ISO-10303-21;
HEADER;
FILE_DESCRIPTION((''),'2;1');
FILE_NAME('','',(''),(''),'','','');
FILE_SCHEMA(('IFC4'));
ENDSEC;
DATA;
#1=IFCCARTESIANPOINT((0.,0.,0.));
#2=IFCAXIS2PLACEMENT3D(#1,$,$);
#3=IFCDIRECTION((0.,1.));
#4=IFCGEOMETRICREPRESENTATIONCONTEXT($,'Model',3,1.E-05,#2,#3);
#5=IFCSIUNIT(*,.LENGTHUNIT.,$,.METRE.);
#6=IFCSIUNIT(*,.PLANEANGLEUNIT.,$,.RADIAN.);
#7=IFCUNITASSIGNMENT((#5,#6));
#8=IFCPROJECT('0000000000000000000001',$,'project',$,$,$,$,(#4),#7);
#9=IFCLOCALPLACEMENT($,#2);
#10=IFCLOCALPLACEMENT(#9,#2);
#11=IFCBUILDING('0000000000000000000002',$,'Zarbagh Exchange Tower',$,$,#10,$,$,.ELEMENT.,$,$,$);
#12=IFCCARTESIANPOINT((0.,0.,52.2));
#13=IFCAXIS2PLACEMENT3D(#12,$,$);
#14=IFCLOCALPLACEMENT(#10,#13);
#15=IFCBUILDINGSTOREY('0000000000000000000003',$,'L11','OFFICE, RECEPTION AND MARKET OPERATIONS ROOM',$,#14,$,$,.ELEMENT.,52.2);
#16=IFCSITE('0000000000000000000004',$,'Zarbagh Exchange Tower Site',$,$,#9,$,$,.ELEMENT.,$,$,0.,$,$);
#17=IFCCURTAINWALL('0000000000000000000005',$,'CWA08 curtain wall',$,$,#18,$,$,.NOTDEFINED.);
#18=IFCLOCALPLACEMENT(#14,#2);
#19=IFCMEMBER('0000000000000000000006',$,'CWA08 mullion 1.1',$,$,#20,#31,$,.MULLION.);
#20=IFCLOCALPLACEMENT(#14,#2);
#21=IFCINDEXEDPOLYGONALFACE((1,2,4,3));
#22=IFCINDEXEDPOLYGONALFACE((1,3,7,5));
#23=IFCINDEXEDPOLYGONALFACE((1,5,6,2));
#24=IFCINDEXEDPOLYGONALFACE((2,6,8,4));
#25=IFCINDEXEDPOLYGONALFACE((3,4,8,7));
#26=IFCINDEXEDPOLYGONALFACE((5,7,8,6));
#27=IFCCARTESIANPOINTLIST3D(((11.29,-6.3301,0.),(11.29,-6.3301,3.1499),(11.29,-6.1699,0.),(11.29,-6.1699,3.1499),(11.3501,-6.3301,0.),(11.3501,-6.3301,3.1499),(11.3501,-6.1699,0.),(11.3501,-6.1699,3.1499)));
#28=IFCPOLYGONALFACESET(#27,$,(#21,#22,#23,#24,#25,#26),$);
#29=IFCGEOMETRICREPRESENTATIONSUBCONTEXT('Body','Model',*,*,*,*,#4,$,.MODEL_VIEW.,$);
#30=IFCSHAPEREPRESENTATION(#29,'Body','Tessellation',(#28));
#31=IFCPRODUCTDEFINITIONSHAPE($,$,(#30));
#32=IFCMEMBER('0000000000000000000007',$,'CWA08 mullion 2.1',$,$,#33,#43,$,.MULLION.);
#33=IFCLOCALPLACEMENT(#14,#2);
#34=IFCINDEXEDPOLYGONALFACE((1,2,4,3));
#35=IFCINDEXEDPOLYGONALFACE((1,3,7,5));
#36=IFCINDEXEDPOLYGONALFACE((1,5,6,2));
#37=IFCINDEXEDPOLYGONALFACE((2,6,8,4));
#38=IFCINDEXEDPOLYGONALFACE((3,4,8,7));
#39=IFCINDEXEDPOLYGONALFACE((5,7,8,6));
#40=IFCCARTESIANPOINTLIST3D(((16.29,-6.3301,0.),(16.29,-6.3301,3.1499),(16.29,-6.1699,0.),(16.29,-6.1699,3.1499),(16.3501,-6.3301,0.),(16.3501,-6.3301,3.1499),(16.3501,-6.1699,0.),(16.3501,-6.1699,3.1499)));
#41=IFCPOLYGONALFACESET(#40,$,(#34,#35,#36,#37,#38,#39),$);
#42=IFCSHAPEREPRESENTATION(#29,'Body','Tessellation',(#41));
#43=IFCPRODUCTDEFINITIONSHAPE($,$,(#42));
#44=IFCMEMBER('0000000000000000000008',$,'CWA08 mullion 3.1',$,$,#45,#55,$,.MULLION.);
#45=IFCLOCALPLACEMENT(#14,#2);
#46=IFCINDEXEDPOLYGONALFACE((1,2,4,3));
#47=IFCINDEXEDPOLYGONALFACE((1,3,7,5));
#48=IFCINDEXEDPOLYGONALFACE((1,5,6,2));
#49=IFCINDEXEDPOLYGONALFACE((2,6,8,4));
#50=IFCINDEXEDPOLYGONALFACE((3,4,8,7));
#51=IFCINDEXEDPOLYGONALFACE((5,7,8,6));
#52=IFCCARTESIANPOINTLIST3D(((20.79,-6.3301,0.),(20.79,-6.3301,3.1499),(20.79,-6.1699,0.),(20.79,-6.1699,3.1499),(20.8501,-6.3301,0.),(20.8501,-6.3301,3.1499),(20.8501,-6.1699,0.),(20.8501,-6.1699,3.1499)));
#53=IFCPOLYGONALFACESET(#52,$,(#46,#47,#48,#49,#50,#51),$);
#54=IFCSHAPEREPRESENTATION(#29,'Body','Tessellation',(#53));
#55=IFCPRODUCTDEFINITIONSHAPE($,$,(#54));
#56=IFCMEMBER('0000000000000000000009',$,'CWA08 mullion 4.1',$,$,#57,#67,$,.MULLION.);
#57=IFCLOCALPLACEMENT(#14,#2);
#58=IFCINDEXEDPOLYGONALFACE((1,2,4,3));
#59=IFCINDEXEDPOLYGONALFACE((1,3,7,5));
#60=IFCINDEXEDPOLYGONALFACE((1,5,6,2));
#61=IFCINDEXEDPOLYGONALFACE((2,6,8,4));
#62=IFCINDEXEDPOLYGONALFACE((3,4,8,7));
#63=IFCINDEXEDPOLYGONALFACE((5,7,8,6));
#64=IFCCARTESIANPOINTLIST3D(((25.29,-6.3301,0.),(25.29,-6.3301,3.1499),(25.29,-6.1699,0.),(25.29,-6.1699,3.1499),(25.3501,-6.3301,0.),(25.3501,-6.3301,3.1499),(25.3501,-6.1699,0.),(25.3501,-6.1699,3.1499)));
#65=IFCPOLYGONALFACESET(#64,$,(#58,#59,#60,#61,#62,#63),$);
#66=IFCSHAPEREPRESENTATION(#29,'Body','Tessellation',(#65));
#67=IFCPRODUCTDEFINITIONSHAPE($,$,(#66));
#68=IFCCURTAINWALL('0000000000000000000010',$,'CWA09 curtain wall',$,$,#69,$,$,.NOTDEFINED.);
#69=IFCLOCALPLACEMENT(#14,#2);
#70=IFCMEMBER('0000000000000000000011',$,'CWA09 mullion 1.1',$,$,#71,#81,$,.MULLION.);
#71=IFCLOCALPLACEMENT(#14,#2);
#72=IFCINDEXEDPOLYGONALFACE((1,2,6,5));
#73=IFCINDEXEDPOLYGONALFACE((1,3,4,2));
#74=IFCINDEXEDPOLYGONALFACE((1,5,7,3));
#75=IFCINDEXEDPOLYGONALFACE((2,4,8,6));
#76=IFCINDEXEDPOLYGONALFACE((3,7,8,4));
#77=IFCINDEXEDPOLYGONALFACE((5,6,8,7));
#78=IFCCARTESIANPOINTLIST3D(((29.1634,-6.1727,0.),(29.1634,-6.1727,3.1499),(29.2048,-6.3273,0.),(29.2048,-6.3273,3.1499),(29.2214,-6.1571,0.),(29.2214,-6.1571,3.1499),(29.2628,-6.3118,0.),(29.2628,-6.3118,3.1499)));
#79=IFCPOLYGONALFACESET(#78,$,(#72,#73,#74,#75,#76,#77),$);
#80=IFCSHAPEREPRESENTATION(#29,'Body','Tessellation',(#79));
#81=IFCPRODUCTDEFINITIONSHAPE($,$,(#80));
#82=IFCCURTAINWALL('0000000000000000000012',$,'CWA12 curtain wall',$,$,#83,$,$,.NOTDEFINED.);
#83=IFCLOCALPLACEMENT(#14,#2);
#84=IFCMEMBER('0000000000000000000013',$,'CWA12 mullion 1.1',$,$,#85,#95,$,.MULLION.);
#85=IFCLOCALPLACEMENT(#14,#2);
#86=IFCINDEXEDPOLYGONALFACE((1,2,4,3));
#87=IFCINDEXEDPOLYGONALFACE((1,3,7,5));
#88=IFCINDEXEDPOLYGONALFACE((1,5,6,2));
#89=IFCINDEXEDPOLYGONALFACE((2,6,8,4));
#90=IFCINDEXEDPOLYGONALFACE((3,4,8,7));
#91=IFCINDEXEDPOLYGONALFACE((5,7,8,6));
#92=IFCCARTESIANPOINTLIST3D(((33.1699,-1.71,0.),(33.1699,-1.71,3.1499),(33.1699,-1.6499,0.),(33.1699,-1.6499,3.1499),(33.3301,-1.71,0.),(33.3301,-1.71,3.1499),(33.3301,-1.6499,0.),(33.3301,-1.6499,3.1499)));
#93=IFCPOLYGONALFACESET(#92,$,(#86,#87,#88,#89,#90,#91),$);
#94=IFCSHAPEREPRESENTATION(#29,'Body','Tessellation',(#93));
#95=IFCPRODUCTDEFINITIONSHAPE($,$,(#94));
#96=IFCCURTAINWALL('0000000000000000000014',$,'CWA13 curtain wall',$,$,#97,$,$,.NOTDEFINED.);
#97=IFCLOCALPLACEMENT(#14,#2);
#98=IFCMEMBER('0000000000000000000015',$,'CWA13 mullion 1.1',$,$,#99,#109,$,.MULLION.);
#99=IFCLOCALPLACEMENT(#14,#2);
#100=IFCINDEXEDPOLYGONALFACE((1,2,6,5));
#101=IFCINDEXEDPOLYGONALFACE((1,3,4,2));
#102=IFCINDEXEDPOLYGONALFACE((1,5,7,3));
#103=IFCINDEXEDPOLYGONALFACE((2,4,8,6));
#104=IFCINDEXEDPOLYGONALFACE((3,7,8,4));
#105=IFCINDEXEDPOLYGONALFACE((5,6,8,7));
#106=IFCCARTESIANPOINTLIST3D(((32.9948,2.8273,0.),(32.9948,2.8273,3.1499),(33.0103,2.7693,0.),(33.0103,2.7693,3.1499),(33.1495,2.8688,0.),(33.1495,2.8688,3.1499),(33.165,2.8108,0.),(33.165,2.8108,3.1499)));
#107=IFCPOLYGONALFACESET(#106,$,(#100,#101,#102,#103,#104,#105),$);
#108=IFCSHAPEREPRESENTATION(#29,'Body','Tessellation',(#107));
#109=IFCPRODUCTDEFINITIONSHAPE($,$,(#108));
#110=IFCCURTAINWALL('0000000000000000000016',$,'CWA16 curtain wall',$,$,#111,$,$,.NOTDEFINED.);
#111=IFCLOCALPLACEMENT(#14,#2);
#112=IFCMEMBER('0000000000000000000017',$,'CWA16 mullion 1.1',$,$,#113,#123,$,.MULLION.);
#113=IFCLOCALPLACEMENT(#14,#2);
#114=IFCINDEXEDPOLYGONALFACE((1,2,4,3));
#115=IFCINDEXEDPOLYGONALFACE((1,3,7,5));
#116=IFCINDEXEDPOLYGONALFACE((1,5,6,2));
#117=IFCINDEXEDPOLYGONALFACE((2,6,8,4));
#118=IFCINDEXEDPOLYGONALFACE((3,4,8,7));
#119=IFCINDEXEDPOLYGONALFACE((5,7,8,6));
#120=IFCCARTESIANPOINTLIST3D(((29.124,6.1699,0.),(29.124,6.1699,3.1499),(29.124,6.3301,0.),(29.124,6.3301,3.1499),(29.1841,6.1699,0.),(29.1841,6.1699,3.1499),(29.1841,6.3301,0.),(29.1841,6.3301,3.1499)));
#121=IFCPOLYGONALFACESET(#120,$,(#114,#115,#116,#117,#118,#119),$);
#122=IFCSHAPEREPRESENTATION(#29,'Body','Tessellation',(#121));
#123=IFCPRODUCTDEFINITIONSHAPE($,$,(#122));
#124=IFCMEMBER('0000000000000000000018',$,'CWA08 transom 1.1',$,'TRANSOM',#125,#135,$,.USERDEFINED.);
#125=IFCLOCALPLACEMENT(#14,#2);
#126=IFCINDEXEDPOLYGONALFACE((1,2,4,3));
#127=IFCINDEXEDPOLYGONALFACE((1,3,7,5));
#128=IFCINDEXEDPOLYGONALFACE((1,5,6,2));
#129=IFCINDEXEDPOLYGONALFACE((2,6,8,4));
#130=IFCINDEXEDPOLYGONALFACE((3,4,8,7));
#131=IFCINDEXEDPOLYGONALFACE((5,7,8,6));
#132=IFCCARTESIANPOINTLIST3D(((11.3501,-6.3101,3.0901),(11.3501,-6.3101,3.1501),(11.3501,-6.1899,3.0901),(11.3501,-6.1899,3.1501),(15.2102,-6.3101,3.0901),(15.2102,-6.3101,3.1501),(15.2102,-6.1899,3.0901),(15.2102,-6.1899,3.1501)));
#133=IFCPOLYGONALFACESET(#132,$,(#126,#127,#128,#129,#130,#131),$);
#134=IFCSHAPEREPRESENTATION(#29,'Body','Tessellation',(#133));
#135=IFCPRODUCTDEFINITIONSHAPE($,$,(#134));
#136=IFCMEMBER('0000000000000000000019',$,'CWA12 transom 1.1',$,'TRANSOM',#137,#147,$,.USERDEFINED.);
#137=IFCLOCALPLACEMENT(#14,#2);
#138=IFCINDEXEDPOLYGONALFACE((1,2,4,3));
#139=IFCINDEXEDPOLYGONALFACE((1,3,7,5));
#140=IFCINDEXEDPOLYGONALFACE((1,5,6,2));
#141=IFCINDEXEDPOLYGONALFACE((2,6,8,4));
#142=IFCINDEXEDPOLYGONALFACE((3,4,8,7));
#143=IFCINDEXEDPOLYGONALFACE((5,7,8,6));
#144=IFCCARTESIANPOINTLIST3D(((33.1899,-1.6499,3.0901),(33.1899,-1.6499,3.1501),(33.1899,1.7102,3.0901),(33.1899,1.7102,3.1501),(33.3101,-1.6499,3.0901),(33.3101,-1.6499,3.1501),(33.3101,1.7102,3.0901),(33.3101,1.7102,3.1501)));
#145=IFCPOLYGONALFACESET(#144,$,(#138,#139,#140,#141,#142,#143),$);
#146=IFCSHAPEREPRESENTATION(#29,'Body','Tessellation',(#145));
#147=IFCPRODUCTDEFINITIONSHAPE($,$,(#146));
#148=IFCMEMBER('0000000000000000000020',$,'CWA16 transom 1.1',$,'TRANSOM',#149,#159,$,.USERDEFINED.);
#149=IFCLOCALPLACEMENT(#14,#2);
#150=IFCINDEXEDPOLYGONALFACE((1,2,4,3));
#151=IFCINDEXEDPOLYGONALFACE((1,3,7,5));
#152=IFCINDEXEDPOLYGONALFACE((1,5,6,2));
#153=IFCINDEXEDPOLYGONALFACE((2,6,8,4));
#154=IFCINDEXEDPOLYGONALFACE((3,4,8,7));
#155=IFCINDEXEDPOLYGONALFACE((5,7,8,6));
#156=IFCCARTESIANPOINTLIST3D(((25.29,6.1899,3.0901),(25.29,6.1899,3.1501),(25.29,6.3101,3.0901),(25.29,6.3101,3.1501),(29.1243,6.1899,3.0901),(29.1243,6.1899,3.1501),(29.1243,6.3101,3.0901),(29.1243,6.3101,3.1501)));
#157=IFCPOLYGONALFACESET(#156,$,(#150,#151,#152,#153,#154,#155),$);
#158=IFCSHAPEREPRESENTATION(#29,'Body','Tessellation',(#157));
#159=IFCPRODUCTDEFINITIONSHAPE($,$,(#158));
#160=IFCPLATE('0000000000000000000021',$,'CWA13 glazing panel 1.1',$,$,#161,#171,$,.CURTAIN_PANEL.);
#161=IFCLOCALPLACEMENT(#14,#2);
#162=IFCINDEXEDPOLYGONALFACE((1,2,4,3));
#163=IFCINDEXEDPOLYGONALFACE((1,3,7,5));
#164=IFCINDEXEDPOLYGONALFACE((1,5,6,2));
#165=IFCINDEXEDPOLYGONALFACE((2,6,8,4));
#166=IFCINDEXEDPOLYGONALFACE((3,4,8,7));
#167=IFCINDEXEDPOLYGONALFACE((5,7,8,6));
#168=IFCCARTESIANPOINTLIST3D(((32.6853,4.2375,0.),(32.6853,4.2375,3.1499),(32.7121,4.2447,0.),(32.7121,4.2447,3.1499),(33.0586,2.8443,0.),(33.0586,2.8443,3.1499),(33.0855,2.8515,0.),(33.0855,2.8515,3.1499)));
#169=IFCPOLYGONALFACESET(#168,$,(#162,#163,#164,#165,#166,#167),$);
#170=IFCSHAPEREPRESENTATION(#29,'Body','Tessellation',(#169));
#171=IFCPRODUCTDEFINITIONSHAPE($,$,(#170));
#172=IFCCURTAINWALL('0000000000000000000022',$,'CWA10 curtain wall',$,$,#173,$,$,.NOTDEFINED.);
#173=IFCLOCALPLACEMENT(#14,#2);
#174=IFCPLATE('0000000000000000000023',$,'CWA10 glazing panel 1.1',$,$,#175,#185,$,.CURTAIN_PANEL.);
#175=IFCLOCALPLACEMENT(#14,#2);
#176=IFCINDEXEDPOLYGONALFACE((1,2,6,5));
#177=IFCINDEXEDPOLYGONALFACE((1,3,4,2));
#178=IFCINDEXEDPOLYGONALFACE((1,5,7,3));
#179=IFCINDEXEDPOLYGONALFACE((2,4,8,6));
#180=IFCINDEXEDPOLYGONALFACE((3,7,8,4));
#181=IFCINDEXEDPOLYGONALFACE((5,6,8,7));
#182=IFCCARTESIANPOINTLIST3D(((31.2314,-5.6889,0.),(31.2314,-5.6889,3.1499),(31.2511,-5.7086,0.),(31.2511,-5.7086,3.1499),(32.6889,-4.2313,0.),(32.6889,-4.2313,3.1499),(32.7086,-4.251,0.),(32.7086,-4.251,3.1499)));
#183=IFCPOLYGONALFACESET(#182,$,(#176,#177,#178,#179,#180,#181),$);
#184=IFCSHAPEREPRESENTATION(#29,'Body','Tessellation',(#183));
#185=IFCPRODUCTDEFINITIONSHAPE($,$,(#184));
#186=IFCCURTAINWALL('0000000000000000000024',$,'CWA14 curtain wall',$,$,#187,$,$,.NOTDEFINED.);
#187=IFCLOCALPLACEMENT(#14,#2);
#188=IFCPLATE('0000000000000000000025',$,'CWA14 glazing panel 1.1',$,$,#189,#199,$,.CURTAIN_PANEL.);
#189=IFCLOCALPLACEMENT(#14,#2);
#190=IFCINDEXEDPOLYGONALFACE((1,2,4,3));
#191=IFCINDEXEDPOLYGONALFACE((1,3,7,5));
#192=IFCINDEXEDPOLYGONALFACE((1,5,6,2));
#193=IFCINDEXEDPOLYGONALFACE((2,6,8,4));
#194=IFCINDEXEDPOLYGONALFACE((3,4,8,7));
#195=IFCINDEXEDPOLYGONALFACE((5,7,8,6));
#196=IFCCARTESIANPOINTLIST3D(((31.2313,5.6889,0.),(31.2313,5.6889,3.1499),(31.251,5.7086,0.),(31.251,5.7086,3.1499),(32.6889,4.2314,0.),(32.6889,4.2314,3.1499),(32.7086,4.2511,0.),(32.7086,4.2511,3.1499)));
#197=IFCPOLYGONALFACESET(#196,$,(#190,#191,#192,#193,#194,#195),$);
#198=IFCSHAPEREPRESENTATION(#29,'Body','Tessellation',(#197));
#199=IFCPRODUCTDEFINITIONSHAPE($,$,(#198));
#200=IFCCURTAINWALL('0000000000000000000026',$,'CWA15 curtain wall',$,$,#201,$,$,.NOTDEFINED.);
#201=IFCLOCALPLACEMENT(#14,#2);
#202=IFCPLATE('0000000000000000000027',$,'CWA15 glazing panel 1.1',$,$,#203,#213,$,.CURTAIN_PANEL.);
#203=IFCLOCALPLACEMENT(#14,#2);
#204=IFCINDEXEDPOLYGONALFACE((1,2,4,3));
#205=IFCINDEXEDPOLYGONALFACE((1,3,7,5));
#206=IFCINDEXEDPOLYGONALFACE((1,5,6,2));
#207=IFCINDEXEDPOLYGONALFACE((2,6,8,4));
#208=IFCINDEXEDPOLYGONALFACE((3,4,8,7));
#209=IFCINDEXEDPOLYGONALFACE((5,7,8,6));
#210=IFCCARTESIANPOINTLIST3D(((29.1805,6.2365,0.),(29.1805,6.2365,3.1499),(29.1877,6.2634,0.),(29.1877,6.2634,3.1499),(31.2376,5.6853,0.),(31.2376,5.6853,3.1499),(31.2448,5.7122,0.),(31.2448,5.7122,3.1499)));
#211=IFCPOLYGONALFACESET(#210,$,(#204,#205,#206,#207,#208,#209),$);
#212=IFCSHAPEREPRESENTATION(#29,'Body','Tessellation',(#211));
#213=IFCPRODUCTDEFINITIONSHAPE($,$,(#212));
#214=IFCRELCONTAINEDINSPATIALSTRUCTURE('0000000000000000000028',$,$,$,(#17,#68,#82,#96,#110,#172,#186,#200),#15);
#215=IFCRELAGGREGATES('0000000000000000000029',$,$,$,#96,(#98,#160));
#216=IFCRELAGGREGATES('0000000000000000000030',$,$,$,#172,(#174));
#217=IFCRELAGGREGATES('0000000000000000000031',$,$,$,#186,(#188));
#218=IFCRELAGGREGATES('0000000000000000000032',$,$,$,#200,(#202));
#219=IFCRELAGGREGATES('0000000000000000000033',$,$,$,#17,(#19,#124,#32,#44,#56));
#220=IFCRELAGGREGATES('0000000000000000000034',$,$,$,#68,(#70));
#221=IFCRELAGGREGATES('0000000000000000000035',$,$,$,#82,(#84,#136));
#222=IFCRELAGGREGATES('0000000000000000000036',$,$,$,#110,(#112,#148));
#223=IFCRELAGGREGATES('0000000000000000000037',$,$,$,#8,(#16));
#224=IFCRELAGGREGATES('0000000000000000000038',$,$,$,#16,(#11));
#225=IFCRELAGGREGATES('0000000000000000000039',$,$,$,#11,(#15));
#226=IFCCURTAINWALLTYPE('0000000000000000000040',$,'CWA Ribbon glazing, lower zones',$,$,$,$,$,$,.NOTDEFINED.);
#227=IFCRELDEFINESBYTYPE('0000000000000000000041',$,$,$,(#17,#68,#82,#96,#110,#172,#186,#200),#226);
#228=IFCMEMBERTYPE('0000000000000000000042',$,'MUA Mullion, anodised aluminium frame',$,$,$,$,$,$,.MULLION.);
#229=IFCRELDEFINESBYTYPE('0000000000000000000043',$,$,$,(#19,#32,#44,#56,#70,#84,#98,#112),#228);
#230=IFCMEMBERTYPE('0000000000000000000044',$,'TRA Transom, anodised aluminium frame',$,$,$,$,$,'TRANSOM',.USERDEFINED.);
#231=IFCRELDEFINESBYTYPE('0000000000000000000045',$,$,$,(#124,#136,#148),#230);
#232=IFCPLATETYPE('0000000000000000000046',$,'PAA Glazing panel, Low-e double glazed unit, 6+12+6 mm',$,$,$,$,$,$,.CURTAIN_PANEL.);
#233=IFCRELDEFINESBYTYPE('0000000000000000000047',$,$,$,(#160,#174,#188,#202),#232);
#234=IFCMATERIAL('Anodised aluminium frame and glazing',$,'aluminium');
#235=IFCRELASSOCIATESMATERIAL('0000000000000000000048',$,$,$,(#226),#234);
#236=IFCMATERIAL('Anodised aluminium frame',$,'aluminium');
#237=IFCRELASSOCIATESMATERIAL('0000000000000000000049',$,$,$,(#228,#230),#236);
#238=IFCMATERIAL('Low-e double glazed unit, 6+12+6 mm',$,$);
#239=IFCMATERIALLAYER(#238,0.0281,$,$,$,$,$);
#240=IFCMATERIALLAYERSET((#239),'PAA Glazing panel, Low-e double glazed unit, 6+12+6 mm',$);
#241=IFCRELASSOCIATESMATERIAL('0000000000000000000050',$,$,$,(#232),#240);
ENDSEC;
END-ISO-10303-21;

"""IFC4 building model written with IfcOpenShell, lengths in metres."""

from ifc_helpers import new_model, si_unit, direction, frame, origin, place, context, subcontext, project, spatial, polyline, outline, extrude, source, transform, mapped, material, layer, layer_set, type_object, element, aggregate, save


model = new_model("IFC4")

# Units and contexts
model_context = context("Model", 3, precision=1e-05, world=origin(), true_north=direction((0.0, 1.0)))
body_context = subcontext(model_context, "Body", "Model", "MODEL_VIEW")
ifc_project = project(units=[si_unit("LENGTHUNIT", "METRE"), si_unit("PLANEANGLEUNIT", "RADIAN")], contexts=[model_context])

# Site, building, storey
site_placement = place(None, origin())
site = spatial("IfcSite", under=ifc_project, at=site_placement, Name="Zarbagh Exchange Tower Site", CompositionType="ELEMENT", RefElevation=0.0)
building_placement = place(site_placement, origin())
building = spatial("IfcBuilding", under=site, at=building_placement, Name="Zarbagh Exchange Tower", CompositionType="ELEMENT")
storey_placement = place(building_placement, frame((0.0, 0.0, 52.2)))
storey = spatial("IfcBuildingStorey", under=building, at=storey_placement, Name="L11", Description="OFFICE, RECEPTION AND MARKET OPERATIONS ROOM", CompositionType="ELEMENT", Elevation=52.2)

# Curtain wall, members
ifc_material_1 = material(Name="Anodised aluminium frame and glazing", Category="aluminium")
curtain_wall_type = type_object("IfcCurtainWallType", Name="CWA Ribbon glazing, lower zones", PredefinedType="NOTDEFINED", material=ifc_material_1)
curtain_wall_1_placement = place(storey_placement, origin())
curtain_wall_1 = element("IfcCurtainWall", 1, at=curtain_wall_1_placement, inside=storey, type_object=curtain_wall_type, Name="CWA08 curtain wall", PredefinedType="NOTDEFINED")
ifc_material_2 = material(Name="Anodised aluminium frame", Category="aluminium")
member_type_1 = type_object("IfcMemberType", Name="MUA Mullion, anodised aluminium frame", PredefinedType="MULLION", material=ifc_material_2)
shared_shape_1 = source(origin(), body_context, "Body", "SweptSolid", [
    extrude(outline(polyline([(0.0, -0.0801), (0.0601, -0.0801), (0.0601, 0.0801), (0.0, 0.0801), (0.0, -0.0801)])), origin(), (0.0, 0.0, 1.0), 3.1499),
])
placement = place(storey_placement, origin())
member_1 = element("IfcMember", 2, at=placement, type_object=member_type_1, Name="CWA08 mullion 1.1", PredefinedType="MULLION", context=body_context, shape_type="MappedRepresentation", body=[
    mapped(shared_shape_1, transform((11.29, -6.25, 0.0), x_axis=(1.0, 0.0, 0.0), y_axis=(0.0, 1.0, 0.0), z_axis=(0.0, 0.0, 1.0))),
])
member_2 = element("IfcMember", 3, at=placement, type_object=member_type_1, Name="CWA08 mullion 2.1", PredefinedType="MULLION", context=body_context, shape_type="MappedRepresentation", body=[
    mapped(shared_shape_1, transform((16.29, -6.25, 0.0), x_axis=(1.0, 0.0, 0.0), y_axis=(0.0, 1.0, 0.0), z_axis=(0.0, 0.0, 1.0))),
])
member_3 = element("IfcMember", 4, at=placement, type_object=member_type_1, Name="CWA08 mullion 3.1", PredefinedType="MULLION", context=body_context, shape_type="MappedRepresentation", body=[
    mapped(shared_shape_1, transform((20.79, -6.25, 0.0), x_axis=(1.0, 0.0, 0.0), y_axis=(0.0, 1.0, 0.0), z_axis=(0.0, 0.0, 1.0))),
])
member_4 = element("IfcMember", 5, at=placement, type_object=member_type_1, Name="CWA08 mullion 4.1", PredefinedType="MULLION", context=body_context, shape_type="MappedRepresentation", body=[
    mapped(shared_shape_1, transform((25.29, -6.25, 0.0), x_axis=(1.0, 0.0, 0.0), y_axis=(0.0, 1.0, 0.0), z_axis=(0.0, 0.0, 1.0))),
])

# Curtain walls, members
curtain_wall_2_placement = place(storey_placement, origin())
curtain_wall_2 = element("IfcCurtainWall", 6, at=curtain_wall_2_placement, inside=storey, type_object=curtain_wall_type, Name="CWA09 curtain wall", PredefinedType="NOTDEFINED")
member_5 = element("IfcMember", 7, at=placement, type_object=member_type_1, Name="CWA09 mullion 1.1", PredefinedType="MULLION", context=body_context, shape_type="MappedRepresentation", body=[
    mapped(shared_shape_1, transform((29.1841, -6.25, 0.0), x_axis=(0.965924, 0.258825, 0.0), y_axis=(-0.258825, 0.965924, 0.0), z_axis=(0.0, 0.0, 1.0))),
])
curtain_wall_3_placement = place(storey_placement, origin())
curtain_wall_3 = element("IfcCurtainWall", 8, at=curtain_wall_3_placement, inside=storey, type_object=curtain_wall_type, Name="CWA12 curtain wall", PredefinedType="NOTDEFINED")
member_6 = element("IfcMember", 9, at=placement, type_object=member_type_1, Name="CWA12 mullion 1.1", PredefinedType="MULLION", context=body_context, shape_type="MappedRepresentation", body=[
    mapped(shared_shape_1, transform((33.25, -1.71, 0.0), x_axis=(0.0, 1.0, 0.0), y_axis=(-1.0, 0.0, 0.0), z_axis=(0.0, 0.0, 1.0))),
])
curtain_wall_4_placement = place(storey_placement, origin())
curtain_wall_4 = element("IfcCurtainWall", 10, at=curtain_wall_4_placement, inside=storey, type_object=curtain_wall_type, Name="CWA13 curtain wall", PredefinedType="NOTDEFINED")
member_7 = element("IfcMember", 11, at=placement, type_object=member_type_1, Name="CWA13 mullion 1.1", PredefinedType="MULLION", context=body_context, shape_type="MappedRepresentation", body=[
    mapped(shared_shape_1, transform((33.0876, 2.79, 0.0), x_axis=(-0.258825, 0.965924, 0.0), y_axis=(-0.965924, -0.258825, 0.0), z_axis=(0.0, 0.0, 1.0))),
])
curtain_wall_5_placement = place(storey_placement, origin())
curtain_wall_5 = element("IfcCurtainWall", 12, at=curtain_wall_5_placement, inside=storey, type_object=curtain_wall_type, Name="CWA16 curtain wall", PredefinedType="NOTDEFINED")
member_8 = element("IfcMember", 13, at=placement, type_object=member_type_1, Name="CWA16 mullion 1.1", PredefinedType="MULLION", context=body_context, shape_type="MappedRepresentation", body=[
    mapped(shared_shape_1, transform((29.1841, 6.25, 0.0), x_axis=(-1.0, 0.0, 0.0), y_axis=(0.0, -1.0, 0.0), z_axis=(0.0, 0.0, 1.0))),
])

# Members
member_type_2 = type_object("IfcMemberType", Name="TRA Transom, anodised aluminium frame", ElementType="TRANSOM", PredefinedType="USERDEFINED", material=ifc_material_2)
shared_shape_2 = source(origin(), body_context, "Body", "SweptSolid", [
    extrude(outline(polyline([(-0.0601, -0.0601), (0.0, -0.0601), (0.0, 0.0601), (-0.0601, 0.0601), (-0.0601, -0.0601)])), origin(), (0.0, 0.0, 1.0), 3.8601),
])
member_9 = element("IfcMember", 14, at=placement, type_object=member_type_2, Name="CWA08 transom 1.1", ObjectType="TRANSOM", PredefinedType="USERDEFINED", context=body_context, shape_type="MappedRepresentation", body=[
    mapped(shared_shape_2, transform((11.3501, -6.25, 3.1501), x_axis=(0.0, 0.0, 1.0), y_axis=(0.0, -1.0, 0.0), z_axis=(1.0, 0.0, 0.0))),
])
shared_shape_3 = source(origin(), body_context, "Body", "SweptSolid", [
    extrude(outline(polyline([(-0.0601, -0.0601), (0.0, -0.0601), (0.0, 0.0601), (-0.0601, 0.0601), (-0.0601, -0.0601)])), origin(), (0.0, 0.0, 1.0), 3.3601),
])
member_10 = element("IfcMember", 15, at=placement, type_object=member_type_2, Name="CWA12 transom 1.1", ObjectType="TRANSOM", PredefinedType="USERDEFINED", context=body_context, shape_type="MappedRepresentation", body=[
    mapped(shared_shape_3, transform((33.25, -1.6499, 3.1501), x_axis=(0.0, 0.0, 1.0), y_axis=(1.0, 0.0, 0.0), z_axis=(0.0, 1.0, 0.0))),
])
shared_shape_4 = source(origin(), body_context, "Body", "SweptSolid", [
    extrude(outline(polyline([(-0.0601, -0.0601), (0.0, -0.0601), (0.0, 0.0601), (-0.0601, 0.0601), (-0.0601, -0.0601)])), origin(), (0.0, 0.0, 1.0), 3.8342),
])
member_11 = element("IfcMember", 16, at=placement, type_object=member_type_2, Name="CWA16 transom 1.1", ObjectType="TRANSOM", PredefinedType="USERDEFINED", context=body_context, shape_type="MappedRepresentation", body=[
    mapped(shared_shape_4, transform((29.1243, 6.25, 3.1501), x_axis=(0.0, 0.0, 1.0), y_axis=(0.0, 1.0, 0.0), z_axis=(-1.0, 0.0, 0.0))),
])

# Plate
ifc_material_3 = material(Name="Low-e double glazed unit, 6+12+6 mm")
ifc_layer = layer(ifc_material_3, 0.0281)
ifc_layer_set = layer_set([ifc_layer], Name="PAA Glazing panel, Low-e double glazed unit, 6+12+6 mm")
plate_type = type_object("IfcPlateType", Name="PAA Glazing panel, Low-e double glazed unit, 6+12+6 mm", PredefinedType="CURTAIN_PANEL", material=ifc_layer_set)
shared_shape_5 = source(origin(), body_context, "Body", "SweptSolid", [
    extrude(outline(polyline([(0.0, -0.0139), (1.4424, -0.0139), (1.4424, 0.0139), (0.0, 0.0139), (0.0, -0.0139)])), origin(), (0.0, 0.0, 1.0), 3.1499),
])
plate_1 = element("IfcPlate", 17, at=placement, type_object=plate_type, Name="CWA13 glazing panel 1.1", PredefinedType="CURTAIN_PANEL", context=body_context, shape_type="MappedRepresentation", body=[
    mapped(shared_shape_5, transform((33.072, 2.8479, 0.0), x_axis=(-0.258825, 0.965924, 0.0), y_axis=(-0.965924, -0.258825, 0.0), z_axis=(0.0, 0.0, 1.0))),
])
aggregate(curtain_wall_4, [member_7, plate_1])

# Curtain walls, plates
curtain_wall_6_placement = place(storey_placement, origin())
curtain_wall_6 = element("IfcCurtainWall", 18, at=curtain_wall_6_placement, inside=storey, type_object=curtain_wall_type, Name="CWA10 curtain wall", PredefinedType="NOTDEFINED")
shared_shape_6 = source(origin(), body_context, "Body", "SweptSolid", [
    extrude(outline(polyline([(0.0, -0.0139), (2.0613, -0.0139), (2.0613, 0.0139), (0.0, 0.0139), (0.0, -0.0139)])), origin(), (0.0, 0.0, 1.0), 3.1499),
])
plate_2 = element("IfcPlate", 19, at=placement, type_object=plate_type, Name="CWA10 glazing panel 1.1", PredefinedType="CURTAIN_PANEL", context=body_context, shape_type="MappedRepresentation", body=[
    mapped(shared_shape_6, transform((31.2412, -5.6987, 0.0), x_axis=(0.707107, 0.707107, 0.0), y_axis=(-0.707107, 0.707107, 0.0), z_axis=(0.0, 0.0, 1.0))),
])
aggregate(curtain_wall_6, [plate_2])
curtain_wall_7_placement = place(storey_placement, origin())
curtain_wall_7 = element("IfcCurtainWall", 20, at=curtain_wall_7_placement, inside=storey, type_object=curtain_wall_type, Name="CWA14 curtain wall", PredefinedType="NOTDEFINED")
plate_3 = element("IfcPlate", 21, at=placement, type_object=plate_type, Name="CWA14 glazing panel 1.1", PredefinedType="CURTAIN_PANEL", context=body_context, shape_type="MappedRepresentation", body=[
    mapped(shared_shape_6, transform((32.6987, 4.2412, 0.0), x_axis=(-0.707107, 0.707107, 0.0), y_axis=(-0.707107, -0.707107, 0.0), z_axis=(0.0, 0.0, 1.0))),
])
aggregate(curtain_wall_7, [plate_3])
curtain_wall_8_placement = place(storey_placement, origin())
curtain_wall_8 = element("IfcCurtainWall", 22, at=curtain_wall_8_placement, inside=storey, type_object=curtain_wall_type, Name="CWA15 curtain wall", PredefinedType="NOTDEFINED")
shared_shape_7 = source(origin(), body_context, "Body", "SweptSolid", [
    extrude(outline(polyline([(0.0, -0.0139), (2.1296, -0.0139), (2.1296, 0.0139), (0.0, 0.0139), (0.0, -0.0139)])), origin(), (0.0, 0.0, 1.0), 3.1499),
])
plate_4 = element("IfcPlate", 23, at=placement, type_object=plate_type, Name="CWA15 glazing panel 1.1", PredefinedType="CURTAIN_PANEL", context=body_context, shape_type="MappedRepresentation", body=[
    mapped(shared_shape_7, transform((31.2412, 5.6987, 0.0), x_axis=(-0.965924, 0.258825, 0.0), y_axis=(-0.258825, -0.965924, 0.0), z_axis=(0.0, 0.0, 1.0))),
])
aggregate(curtain_wall_8, [plate_4])

aggregate(curtain_wall_1, [member_1, member_9, member_2, member_3, member_4])
aggregate(curtain_wall_2, [member_5])

aggregate(curtain_wall_3, [member_6, member_10])
aggregate(curtain_wall_5, [member_8, member_11])

save(model, "model.ifc")
